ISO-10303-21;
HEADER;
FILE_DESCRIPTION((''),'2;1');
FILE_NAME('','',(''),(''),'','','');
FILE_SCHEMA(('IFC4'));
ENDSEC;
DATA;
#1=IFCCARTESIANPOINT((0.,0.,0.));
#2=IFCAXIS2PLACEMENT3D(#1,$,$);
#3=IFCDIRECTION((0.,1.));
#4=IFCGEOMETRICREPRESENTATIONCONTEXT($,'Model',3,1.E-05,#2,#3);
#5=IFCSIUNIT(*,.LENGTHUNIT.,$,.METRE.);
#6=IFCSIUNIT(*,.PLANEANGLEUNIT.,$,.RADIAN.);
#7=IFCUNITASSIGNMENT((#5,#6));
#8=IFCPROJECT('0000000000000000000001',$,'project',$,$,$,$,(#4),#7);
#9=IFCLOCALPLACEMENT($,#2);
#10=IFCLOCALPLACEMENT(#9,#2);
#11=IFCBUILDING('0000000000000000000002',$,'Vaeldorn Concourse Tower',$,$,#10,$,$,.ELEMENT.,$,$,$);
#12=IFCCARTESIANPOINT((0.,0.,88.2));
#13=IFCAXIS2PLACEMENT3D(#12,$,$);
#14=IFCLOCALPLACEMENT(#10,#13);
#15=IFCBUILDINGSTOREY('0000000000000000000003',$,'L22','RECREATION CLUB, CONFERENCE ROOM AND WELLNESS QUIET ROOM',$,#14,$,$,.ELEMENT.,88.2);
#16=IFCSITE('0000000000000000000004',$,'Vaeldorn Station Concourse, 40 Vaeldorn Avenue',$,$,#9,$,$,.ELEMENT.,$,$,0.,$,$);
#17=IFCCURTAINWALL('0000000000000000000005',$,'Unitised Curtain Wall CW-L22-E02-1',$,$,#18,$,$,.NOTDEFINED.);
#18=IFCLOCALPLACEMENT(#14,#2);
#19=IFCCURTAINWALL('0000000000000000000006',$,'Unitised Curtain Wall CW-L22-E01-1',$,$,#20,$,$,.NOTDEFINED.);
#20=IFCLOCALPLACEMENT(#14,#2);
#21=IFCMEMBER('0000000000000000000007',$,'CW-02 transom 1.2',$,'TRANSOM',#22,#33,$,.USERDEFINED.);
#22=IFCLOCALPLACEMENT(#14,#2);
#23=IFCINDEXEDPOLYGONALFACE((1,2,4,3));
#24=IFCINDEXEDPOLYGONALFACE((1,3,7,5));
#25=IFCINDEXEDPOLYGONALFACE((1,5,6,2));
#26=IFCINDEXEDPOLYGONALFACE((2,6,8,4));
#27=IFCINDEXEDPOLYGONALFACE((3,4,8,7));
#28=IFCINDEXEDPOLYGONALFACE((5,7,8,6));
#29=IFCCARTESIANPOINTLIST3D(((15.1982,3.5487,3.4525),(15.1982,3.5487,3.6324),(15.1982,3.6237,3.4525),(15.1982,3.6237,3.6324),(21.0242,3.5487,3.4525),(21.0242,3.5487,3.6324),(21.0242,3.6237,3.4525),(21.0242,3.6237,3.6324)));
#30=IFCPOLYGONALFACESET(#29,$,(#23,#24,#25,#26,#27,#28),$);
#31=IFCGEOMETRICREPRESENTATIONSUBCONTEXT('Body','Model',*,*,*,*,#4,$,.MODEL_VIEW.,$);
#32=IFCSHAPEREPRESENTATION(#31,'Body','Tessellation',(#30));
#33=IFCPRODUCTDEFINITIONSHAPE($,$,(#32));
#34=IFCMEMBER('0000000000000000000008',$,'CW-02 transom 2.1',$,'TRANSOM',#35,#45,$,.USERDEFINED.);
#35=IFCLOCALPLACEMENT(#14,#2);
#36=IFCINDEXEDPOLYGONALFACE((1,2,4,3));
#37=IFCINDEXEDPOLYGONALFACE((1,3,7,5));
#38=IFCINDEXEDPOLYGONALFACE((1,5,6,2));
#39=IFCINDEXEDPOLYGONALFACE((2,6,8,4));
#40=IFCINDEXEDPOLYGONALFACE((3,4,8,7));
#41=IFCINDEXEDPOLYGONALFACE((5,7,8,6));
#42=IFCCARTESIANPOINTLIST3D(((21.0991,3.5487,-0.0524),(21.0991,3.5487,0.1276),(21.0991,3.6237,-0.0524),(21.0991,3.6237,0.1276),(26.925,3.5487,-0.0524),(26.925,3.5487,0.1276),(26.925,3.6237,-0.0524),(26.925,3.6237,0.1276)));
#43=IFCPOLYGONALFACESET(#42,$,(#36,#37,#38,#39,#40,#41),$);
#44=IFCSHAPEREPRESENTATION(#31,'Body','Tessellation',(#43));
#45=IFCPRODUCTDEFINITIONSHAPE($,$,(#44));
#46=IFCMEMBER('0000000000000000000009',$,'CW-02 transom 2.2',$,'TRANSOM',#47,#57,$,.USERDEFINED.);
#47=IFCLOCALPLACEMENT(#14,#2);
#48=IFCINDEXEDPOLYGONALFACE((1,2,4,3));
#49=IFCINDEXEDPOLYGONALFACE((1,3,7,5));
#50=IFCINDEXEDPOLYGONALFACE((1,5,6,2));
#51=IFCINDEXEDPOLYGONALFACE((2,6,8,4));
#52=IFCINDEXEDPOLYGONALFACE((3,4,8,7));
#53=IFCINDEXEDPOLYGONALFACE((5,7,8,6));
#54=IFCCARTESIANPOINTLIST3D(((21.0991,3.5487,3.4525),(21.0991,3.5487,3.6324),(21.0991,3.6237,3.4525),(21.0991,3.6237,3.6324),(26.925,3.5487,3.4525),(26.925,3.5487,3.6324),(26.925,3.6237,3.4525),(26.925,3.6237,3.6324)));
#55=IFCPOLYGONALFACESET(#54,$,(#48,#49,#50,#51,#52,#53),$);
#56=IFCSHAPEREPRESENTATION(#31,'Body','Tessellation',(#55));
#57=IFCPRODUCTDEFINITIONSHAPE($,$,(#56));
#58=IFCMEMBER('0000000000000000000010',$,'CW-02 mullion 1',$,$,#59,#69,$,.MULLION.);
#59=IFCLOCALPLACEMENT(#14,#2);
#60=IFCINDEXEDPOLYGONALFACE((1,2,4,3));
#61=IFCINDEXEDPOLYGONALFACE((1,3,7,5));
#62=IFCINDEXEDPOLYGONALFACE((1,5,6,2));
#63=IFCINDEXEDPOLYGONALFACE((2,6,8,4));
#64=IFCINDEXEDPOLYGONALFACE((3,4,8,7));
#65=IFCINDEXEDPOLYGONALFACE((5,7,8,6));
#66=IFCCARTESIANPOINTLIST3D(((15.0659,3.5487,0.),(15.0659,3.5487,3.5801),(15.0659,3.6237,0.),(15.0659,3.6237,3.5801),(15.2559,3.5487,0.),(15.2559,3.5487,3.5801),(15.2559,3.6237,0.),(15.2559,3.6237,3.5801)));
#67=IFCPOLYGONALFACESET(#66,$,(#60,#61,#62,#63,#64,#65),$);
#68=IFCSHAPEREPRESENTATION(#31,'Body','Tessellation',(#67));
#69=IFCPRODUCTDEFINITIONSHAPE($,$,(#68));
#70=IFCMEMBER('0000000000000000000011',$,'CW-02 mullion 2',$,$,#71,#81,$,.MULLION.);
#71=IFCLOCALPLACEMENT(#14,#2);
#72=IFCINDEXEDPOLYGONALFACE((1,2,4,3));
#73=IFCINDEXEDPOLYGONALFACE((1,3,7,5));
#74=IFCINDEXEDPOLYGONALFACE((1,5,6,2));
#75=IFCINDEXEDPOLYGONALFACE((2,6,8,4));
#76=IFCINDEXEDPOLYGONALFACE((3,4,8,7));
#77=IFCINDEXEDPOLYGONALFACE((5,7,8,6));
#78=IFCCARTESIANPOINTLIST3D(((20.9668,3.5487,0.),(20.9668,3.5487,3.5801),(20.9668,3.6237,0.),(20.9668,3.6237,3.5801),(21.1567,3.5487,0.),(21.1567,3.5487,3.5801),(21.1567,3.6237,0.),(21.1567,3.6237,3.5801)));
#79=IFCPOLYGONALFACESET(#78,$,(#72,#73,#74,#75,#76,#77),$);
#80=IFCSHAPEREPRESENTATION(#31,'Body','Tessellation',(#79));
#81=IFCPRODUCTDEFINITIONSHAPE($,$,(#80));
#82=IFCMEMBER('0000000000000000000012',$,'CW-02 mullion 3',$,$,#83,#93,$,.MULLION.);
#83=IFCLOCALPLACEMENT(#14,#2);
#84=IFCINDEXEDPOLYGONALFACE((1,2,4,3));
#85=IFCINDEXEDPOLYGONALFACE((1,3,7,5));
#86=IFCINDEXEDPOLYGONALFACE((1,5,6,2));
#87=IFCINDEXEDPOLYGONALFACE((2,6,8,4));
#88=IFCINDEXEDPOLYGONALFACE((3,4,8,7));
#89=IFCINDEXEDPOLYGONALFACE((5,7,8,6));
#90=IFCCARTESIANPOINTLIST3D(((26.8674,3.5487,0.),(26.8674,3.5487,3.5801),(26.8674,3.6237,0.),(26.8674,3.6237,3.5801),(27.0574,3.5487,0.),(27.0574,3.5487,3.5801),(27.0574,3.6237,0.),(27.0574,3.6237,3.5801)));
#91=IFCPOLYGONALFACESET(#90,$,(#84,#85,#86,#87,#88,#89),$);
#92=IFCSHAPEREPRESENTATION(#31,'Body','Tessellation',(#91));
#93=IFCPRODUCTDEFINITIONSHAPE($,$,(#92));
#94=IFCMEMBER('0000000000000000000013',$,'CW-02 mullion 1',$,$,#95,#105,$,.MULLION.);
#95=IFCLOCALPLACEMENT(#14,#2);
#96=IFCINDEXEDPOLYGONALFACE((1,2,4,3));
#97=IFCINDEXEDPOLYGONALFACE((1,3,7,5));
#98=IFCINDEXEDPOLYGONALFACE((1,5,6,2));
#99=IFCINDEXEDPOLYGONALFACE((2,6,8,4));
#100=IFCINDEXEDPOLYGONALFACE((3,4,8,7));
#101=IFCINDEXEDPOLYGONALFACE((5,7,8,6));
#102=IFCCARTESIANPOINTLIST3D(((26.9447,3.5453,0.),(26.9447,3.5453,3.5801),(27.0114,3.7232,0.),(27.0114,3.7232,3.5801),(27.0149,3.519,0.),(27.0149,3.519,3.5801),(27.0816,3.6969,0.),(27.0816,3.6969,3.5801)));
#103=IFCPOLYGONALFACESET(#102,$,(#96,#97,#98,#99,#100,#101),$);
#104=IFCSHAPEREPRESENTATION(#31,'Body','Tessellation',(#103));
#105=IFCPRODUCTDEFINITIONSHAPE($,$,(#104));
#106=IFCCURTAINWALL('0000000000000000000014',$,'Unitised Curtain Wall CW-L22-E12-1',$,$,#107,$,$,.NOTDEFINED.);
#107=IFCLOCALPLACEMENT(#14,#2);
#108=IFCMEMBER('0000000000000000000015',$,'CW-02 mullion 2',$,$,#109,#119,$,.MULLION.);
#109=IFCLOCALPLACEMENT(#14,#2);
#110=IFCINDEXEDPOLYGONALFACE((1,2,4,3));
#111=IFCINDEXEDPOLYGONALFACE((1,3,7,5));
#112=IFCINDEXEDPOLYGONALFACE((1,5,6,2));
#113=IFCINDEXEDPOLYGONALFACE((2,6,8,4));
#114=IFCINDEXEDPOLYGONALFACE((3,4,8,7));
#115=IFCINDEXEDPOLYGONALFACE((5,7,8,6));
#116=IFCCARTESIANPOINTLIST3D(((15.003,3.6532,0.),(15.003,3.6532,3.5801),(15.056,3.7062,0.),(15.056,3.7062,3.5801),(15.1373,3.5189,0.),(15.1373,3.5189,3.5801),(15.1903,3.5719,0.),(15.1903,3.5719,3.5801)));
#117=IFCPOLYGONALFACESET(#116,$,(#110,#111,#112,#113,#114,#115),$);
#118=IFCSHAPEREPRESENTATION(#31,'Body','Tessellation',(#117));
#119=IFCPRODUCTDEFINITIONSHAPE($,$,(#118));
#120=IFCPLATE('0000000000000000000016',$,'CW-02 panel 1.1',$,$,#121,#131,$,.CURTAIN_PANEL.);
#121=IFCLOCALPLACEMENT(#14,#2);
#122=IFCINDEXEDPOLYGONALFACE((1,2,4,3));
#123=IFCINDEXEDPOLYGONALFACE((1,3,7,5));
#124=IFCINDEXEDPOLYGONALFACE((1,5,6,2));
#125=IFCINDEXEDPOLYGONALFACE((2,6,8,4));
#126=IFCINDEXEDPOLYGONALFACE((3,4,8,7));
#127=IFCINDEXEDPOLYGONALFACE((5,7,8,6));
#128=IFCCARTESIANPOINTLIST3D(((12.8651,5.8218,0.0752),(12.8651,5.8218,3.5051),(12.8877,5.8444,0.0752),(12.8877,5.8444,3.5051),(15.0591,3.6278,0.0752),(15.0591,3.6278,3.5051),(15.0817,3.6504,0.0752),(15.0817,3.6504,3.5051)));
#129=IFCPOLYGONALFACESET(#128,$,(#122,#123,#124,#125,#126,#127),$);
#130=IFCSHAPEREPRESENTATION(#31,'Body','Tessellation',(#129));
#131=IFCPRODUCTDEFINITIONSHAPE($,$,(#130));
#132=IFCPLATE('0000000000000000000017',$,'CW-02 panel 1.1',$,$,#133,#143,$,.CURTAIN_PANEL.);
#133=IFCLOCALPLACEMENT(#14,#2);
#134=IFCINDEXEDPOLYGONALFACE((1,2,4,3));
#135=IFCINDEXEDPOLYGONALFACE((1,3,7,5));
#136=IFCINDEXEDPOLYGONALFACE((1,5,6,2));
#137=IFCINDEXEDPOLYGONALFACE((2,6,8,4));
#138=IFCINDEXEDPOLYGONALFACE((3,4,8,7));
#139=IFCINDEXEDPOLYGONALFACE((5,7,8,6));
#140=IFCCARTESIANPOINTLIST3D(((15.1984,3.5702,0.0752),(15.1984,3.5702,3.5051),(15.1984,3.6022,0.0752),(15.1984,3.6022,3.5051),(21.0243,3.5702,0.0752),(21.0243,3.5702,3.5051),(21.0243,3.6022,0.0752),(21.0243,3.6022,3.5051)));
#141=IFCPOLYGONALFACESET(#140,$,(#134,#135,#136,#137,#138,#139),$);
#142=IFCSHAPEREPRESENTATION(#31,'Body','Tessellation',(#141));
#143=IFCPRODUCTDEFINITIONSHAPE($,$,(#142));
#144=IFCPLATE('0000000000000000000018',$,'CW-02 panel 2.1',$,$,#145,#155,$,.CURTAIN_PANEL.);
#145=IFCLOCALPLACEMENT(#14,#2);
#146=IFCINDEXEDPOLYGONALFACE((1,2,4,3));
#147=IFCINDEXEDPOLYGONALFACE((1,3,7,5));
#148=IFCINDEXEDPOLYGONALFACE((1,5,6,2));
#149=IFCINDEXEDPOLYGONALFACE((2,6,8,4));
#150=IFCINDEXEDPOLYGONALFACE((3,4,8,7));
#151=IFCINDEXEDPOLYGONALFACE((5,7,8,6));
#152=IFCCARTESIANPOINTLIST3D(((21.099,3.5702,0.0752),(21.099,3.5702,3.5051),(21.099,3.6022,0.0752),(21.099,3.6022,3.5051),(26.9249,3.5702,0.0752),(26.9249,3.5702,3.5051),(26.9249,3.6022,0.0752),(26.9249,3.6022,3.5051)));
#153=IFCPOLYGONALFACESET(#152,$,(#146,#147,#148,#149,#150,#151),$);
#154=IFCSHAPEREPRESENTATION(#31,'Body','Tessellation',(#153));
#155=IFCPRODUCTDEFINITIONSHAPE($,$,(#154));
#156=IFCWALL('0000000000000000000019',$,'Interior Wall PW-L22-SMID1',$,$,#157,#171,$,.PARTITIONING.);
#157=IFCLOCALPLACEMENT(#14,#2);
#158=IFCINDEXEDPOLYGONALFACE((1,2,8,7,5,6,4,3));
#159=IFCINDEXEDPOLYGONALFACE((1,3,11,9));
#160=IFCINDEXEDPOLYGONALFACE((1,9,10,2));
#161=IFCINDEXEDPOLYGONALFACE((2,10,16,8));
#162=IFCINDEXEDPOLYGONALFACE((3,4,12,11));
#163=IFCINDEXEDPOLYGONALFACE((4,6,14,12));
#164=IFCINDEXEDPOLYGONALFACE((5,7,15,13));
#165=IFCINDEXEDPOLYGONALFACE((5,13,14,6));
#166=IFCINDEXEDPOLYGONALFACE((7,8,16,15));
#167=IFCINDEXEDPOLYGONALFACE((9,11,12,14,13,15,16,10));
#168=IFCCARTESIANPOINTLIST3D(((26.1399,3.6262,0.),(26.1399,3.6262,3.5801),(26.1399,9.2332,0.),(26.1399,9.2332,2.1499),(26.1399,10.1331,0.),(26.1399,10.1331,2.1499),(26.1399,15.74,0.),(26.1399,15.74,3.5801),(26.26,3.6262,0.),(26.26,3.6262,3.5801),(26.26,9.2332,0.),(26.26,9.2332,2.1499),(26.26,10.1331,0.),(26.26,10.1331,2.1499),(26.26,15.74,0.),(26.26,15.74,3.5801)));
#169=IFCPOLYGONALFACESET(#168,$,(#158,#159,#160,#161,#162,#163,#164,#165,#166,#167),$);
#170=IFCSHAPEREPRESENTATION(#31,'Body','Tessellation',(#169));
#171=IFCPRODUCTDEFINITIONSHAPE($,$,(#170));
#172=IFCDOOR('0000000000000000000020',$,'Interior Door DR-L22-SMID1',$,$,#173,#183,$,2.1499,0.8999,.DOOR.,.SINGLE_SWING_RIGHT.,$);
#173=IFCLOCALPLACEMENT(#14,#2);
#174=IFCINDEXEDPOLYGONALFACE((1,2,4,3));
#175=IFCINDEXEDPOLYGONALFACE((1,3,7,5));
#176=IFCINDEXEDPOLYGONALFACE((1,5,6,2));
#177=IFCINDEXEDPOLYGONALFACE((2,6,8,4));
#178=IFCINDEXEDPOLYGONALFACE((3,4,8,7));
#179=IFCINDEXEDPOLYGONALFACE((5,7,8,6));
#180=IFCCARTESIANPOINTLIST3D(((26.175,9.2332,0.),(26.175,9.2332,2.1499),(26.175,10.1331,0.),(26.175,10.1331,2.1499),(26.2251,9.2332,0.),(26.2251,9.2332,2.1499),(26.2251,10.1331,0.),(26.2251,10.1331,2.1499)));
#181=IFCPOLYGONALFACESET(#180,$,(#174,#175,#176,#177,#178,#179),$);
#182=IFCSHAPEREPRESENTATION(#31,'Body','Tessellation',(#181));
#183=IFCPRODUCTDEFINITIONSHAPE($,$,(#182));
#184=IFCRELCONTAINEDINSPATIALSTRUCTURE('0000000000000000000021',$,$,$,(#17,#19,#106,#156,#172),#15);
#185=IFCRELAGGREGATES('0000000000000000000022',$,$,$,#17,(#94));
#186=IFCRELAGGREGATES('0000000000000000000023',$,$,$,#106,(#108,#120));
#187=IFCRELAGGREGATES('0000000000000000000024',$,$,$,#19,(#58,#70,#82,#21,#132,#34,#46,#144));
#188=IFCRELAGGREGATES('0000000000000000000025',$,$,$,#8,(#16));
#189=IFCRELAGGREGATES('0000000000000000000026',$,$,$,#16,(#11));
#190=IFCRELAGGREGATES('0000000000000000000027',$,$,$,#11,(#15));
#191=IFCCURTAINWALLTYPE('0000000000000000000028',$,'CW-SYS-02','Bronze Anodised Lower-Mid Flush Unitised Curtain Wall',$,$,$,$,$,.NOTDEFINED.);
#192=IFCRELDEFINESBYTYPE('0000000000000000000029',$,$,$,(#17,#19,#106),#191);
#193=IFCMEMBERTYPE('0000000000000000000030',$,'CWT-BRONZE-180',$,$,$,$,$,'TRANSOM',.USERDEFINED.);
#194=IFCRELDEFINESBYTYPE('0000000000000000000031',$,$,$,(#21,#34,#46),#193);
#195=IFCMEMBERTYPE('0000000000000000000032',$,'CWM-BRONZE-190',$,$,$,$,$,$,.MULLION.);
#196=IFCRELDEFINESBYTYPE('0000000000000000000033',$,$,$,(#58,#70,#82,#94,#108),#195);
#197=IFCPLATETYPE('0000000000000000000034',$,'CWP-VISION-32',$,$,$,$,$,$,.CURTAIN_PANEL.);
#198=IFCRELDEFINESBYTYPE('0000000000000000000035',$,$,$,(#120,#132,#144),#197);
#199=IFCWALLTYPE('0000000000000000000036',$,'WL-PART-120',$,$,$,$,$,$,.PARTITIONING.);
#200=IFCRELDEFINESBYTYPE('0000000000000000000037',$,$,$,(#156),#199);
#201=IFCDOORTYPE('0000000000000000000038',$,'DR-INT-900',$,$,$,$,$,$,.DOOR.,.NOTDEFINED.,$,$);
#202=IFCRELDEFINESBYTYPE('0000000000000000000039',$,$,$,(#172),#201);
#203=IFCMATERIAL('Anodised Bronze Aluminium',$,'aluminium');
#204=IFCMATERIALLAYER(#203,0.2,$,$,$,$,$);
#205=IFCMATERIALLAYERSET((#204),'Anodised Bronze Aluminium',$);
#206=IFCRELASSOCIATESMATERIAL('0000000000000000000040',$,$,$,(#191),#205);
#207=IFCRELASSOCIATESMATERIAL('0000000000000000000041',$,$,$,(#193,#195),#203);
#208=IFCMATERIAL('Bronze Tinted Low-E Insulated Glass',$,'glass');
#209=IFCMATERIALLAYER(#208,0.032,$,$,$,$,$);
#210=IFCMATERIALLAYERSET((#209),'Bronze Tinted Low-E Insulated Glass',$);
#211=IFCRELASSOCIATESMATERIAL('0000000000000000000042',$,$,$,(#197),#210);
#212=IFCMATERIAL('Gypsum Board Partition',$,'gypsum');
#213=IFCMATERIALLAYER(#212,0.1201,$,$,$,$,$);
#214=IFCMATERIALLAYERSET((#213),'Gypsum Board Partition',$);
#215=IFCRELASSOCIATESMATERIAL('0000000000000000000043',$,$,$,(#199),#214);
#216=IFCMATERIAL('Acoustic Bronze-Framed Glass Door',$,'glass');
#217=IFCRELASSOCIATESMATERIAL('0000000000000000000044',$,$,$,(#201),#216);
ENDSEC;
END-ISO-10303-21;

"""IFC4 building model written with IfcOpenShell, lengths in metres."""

from ifc_helpers import new_model, si_unit, direction, frame, frame_2d, origin, origin_2d, place, context, subcontext, project, spatial, rectangle, extrude, source, transform, mapped, material, layer, layer_set, material_profile, profile_set, type_object, element, fill, aggregate, save


model = new_model("IFC4")

# Units and contexts
model_context = context("Model", 3, precision=1e-05, world=origin(), true_north=direction((0.0, 1.0)))
body_context = subcontext(model_context, "Body", "Model", "MODEL_VIEW")
ifc_project = project(units=[si_unit("LENGTHUNIT", "METRE"), si_unit("PLANEANGLEUNIT", "RADIAN")], contexts=[model_context])

# Site, building, storey
site_placement = place(None, origin())
site = spatial("IfcSite", under=ifc_project, at=site_placement, Name="Vaeldorn Station Concourse, 40 Vaeldorn Avenue", CompositionType="ELEMENT", RefElevation=0.0)
building_placement = place(site_placement, origin())
building = spatial("IfcBuilding", under=site, at=building_placement, Name="Vaeldorn Concourse Tower", CompositionType="ELEMENT")
storey_placement = place(building_placement, frame((0.0, 0.0, 88.2)))
storey = spatial("IfcBuildingStorey", under=building, at=storey_placement, Name="L22", Description="RECREATION CLUB, CONFERENCE ROOM AND WELLNESS QUIET ROOM", CompositionType="ELEMENT", Elevation=88.2)

# Curtain walls, members
ifc_material_1 = material(Name="Anodised Bronze Aluminium", Category="aluminium")
ifc_layer_1 = layer(ifc_material_1, 0.2)
ifc_layer_set_1 = layer_set([ifc_layer_1], Name="Anodised Bronze Aluminium")
curtain_wall_type = type_object("IfcCurtainWallType", Name="CW-SYS-02", Description="Bronze Anodised Lower-Mid Flush Unitised Curtain Wall", PredefinedType="NOTDEFINED", material=ifc_layer_set_1)
curtain_wall_1_placement = place(storey_placement, origin())
curtain_wall_1 = element("IfcCurtainWall", 1, at=curtain_wall_1_placement, inside=storey, type_object=curtain_wall_type, Name="Unitised Curtain Wall CW-L22-E02-1", PredefinedType="NOTDEFINED")
ifc_material_profile_1 = material_profile(ifc_material_1, rectangle(XDim=0.075, YDim=0.1799, at=origin_2d()), Name="CWT 75x180")
ifc_profile_set_1 = profile_set([ifc_material_profile_1], Name="Anodised Bronze Aluminium")
member_type_1 = type_object("IfcMemberType", Name="CWT-BRONZE-180", ElementType="TRANSOM", PredefinedType="USERDEFINED", material=ifc_profile_set_1)
curtain_wall_2_placement = place(storey_placement, origin())
curtain_wall_2 = element("IfcCurtainWall", 2, at=curtain_wall_2_placement, inside=storey, type_object=curtain_wall_type, Name="Unitised Curtain Wall CW-L22-E01-1", PredefinedType="NOTDEFINED")
shared_shape_1 = source(origin(), body_context, "Body", "SweptSolid", [
    extrude(rectangle(XDim=0.075, YDim=0.1799, at=origin_2d()), origin(), (0.0, 0.0, 1.0), 5.8259),
])
member_1_placement = place(storey_placement, frame((15.1982, 3.5862, 3.5425), z_axis=(1.0, 0.0, 0.0), x_axis=(0.0, 1.0, 0.0)))
member_1 = element("IfcMember", 3, at=member_1_placement, type_object=member_type_1, Name="CW-02 transom 1.2", ObjectType="TRANSOM", PredefinedType="USERDEFINED", context=body_context, shape_type="MappedRepresentation", body=[
    mapped(shared_shape_1, transform((0.0, 0.0, 0.0), scale=1.0)),
])
member_2_placement = place(storey_placement, frame((21.0991, 3.5862, 0.0376), z_axis=(1.0, 0.0, 0.0), x_axis=(0.0, 1.0, 0.0)))
member_2 = element("IfcMember", 4, at=member_2_placement, type_object=member_type_1, Name="CW-02 transom 2.1", ObjectType="TRANSOM", PredefinedType="USERDEFINED", context=body_context, shape_type="MappedRepresentation", body=[
    mapped(shared_shape_1, transform((0.0, 0.0, 0.0), scale=1.0)),
])
member_3_placement = place(storey_placement, frame((21.0991, 3.5862, 3.5425), z_axis=(1.0, 0.0, 0.0), x_axis=(0.0, 1.0, 0.0)))
member_3 = element("IfcMember", 5, at=member_3_placement, type_object=member_type_1, Name="CW-02 transom 2.2", ObjectType="TRANSOM", PredefinedType="USERDEFINED", context=body_context, shape_type="MappedRepresentation", body=[
    mapped(shared_shape_1, transform((0.0, 0.0, 0.0), scale=1.0)),
])
ifc_material_profile_2 = material_profile(ifc_material_1, rectangle(XDim=0.075, YDim=0.1899, at=origin_2d()), Name="CWM 75x190")
ifc_profile_set_2 = profile_set([ifc_material_profile_2], Name="Anodised Bronze Aluminium")
member_type_2 = type_object("IfcMemberType", Name="CWM-BRONZE-190", PredefinedType="MULLION", material=ifc_profile_set_2)
shared_shape_2 = source(origin(), body_context, "Body", "SweptSolid", [
    extrude(rectangle(XDim=0.075, YDim=0.1899, at=origin_2d()), origin(), (0.0, 0.0, 1.0), 3.5801),
])
member_4_placement = place(storey_placement, frame((15.1609, 3.5862, 0.0), z_axis=(0.0, 0.0, 1.0), x_axis=(0.0, 1.0, 0.0)))
member_4 = element("IfcMember", 6, at=member_4_placement, type_object=member_type_2, Name="CW-02 mullion 1", PredefinedType="MULLION", context=body_context, shape_type="MappedRepresentation", body=[
    mapped(shared_shape_2, transform((0.0, 0.0, 0.0), scale=1.0)),
])
member_5_placement = place(storey_placement, frame((21.0618, 3.5862, 0.0), z_axis=(0.0, 0.0, 1.0), x_axis=(0.0, 1.0, 0.0)))
member_5 = element("IfcMember", 7, at=member_5_placement, type_object=member_type_2, Name="CW-02 mullion 2", PredefinedType="MULLION", context=body_context, shape_type="MappedRepresentation", body=[
    mapped(shared_shape_2, transform((0.0, 0.0, 0.0), scale=1.0)),
])
member_6_placement = place(storey_placement, frame((26.9624, 3.5862, 0.0), z_axis=(0.0, 0.0, 1.0), x_axis=(0.0, 1.0, 0.0)))
member_6 = element("IfcMember", 8, at=member_6_placement, type_object=member_type_2, Name="CW-02 mullion 3", PredefinedType="MULLION", context=body_context, shape_type="MappedRepresentation", body=[
    mapped(shared_shape_2, transform((0.0, 0.0, 0.0), scale=1.0)),
])

# Member
member_7_placement = place(storey_placement, frame((27.0132, 3.6211, 0.0), z_axis=(0.0, 0.0, 1.0), x_axis=(-0.936329, 0.351123, 0.0)))
member_7 = element("IfcMember", 9, at=member_7_placement, type_object=member_type_2, Name="CW-02 mullion 1", PredefinedType="MULLION", context=body_context, shape_type="MappedRepresentation", body=[
    mapped(shared_shape_2, transform((0.0, 0.0, 0.0), scale=1.0)),
])
aggregate(curtain_wall_1, [member_7])

# Curtain wall, member, plate
curtain_wall_3_placement = place(storey_placement, origin())
curtain_wall_3 = element("IfcCurtainWall", 10, at=curtain_wall_3_placement, inside=storey, type_object=curtain_wall_type, Name="Unitised Curtain Wall CW-L22-E12-1", PredefinedType="NOTDEFINED")
member_8_placement = place(storey_placement, frame((15.0967, 3.6125, 0.0), z_axis=(0.0, 0.0, 1.0), x_axis=(0.707107, 0.707107, 0.0)))
member_8 = element("IfcMember", 11, at=member_8_placement, type_object=member_type_2, Name="CW-02 mullion 2", PredefinedType="MULLION", context=body_context, shape_type="MappedRepresentation", body=[
    mapped(shared_shape_2, transform((0.0, 0.0, 0.0), scale=1.0)),
])
ifc_material_2 = material(Name="Bronze Tinted Low-E Insulated Glass", Category="glass")
ifc_layer_2 = layer(ifc_material_2, 0.032)
ifc_layer_set_2 = layer_set([ifc_layer_2], Name="Bronze Tinted Low-E Insulated Glass")
plate_type = type_object("IfcPlateType", Name="CWP-VISION-32", PredefinedType="CURTAIN_PANEL", material=ifc_layer_set_2)
shared_shape_3 = source(origin(), body_context, "Body", "SweptSolid", [
    extrude(rectangle(XDim=3.1028, YDim=0.032, at=origin_2d()), origin(), (0.0, 0.0, 1.0), 3.4299),
])
plate_1_placement = place(storey_placement, frame((13.9734, 4.7361, 0.0752), z_axis=(0.0, 0.0, 1.0), x_axis=(0.707107, -0.707107, 0.0)))
plate_1 = element("IfcPlate", 12, at=plate_1_placement, type_object=plate_type, Name="CW-02 panel 1.1", PredefinedType="CURTAIN_PANEL", context=body_context, shape_type="MappedRepresentation", body=[
    mapped(shared_shape_3, transform((0.0, 0.0, 0.0), scale=1.0)),
])
aggregate(curtain_wall_3, [member_8, plate_1])

# Plates
shared_shape_4 = source(origin(), body_context, "Body", "SweptSolid", [
    extrude(rectangle(XDim=5.8259, YDim=0.032, at=origin_2d()), origin(), (0.0, 0.0, 1.0), 3.4299),
])
plate_2_placement = place(storey_placement, frame((18.1113, 3.5862, 0.0752), z_axis=(0.0, 0.0, 1.0), x_axis=(1.0, 0.0, 0.0)))
plate_2 = element("IfcPlate", 13, at=plate_2_placement, type_object=plate_type, Name="CW-02 panel 1.1", PredefinedType="CURTAIN_PANEL", context=body_context, shape_type="MappedRepresentation", body=[
    mapped(shared_shape_4, transform((0.0, 0.0, 0.0), scale=1.0)),
])
plate_3_placement = place(storey_placement, frame((24.012, 3.5862, 0.0752), z_axis=(0.0, 0.0, 1.0), x_axis=(1.0, 0.0, 0.0)))
plate_3 = element("IfcPlate", 14, at=plate_3_placement, type_object=plate_type, Name="CW-02 panel 2.1", PredefinedType="CURTAIN_PANEL", context=body_context, shape_type="MappedRepresentation", body=[
    mapped(shared_shape_4, transform((0.0, 0.0, 0.0), scale=1.0)),
])
aggregate(curtain_wall_2, [member_4, member_5, member_6, member_1, plate_2, member_2, member_3, plate_3])

# Wall, opening, door
ifc_material_3 = material(Name="Gypsum Board Partition", Category="gypsum")
ifc_layer_3 = layer(ifc_material_3, 0.1201)
ifc_layer_set_3 = layer_set([ifc_layer_3], Name="Gypsum Board Partition")
wall_type = type_object("IfcWallType", Name="WL-PART-120", PredefinedType="PARTITIONING", material=ifc_layer_set_3)
wall_placement = place(storey_placement, frame((26.2, 3.6262, 0.0), z_axis=(0.0, 0.0, 1.0), x_axis=(0.0, 1.0, 0.0)))
wall = element("IfcWall", 15, at=wall_placement, inside=storey, type_object=wall_type, Name="Interior Wall PW-L22-SMID1", PredefinedType="PARTITIONING", context=body_context, shape_type="SweptSolid", body=[
    extrude(rectangle(XDim=12.1138, YDim=0.1201, at=frame_2d((6.0569, 0.0))), origin(), (0.0, 0.0, 1.0), 3.5801),
])
opening_placement = place(wall_placement, frame((5.6069, 0.0, 0.0)))
opening = element("IfcOpeningElement", 16, at=opening_placement, cuts=wall, PredefinedType="OPENING", context=body_context, shape_type="SweptSolid", body=[
    extrude(rectangle(XDim=0.8999, YDim=2.1499, at=frame_2d((0.45, 1.075))), frame((0.0, 0.0701, 0.0), z_axis=(0.0, -1.0, 0.0), x_axis=(1.0, 0.0, 0.0)), (0.0, 0.0, 1.0), 0.1401),
])
ifc_material_4 = material(Name="Acoustic Bronze-Framed Glass Door", Category="glass")
door_type = type_object("IfcDoorType", Name="DR-INT-900", OperationType="NOTDEFINED", PredefinedType="DOOR", material=ifc_material_4)
shared_shape_5 = source(origin(), body_context, "Body", "SweptSolid", [
    extrude(rectangle(XDim=0.8999, YDim=2.1499, at=frame_2d((0.45, 1.075))), frame((0.0, 0.0249, 0.0), z_axis=(0.0, -1.0, 0.0), x_axis=(1.0, 0.0, 0.0)), (0.0, 0.0, 1.0), 0.05),
])
door_placement = place(opening_placement, origin())
door = element("IfcDoor", 17, at=door_placement, inside=storey, type_object=door_type, Name="Interior Door DR-L22-SMID1", OperationType="SINGLE_SWING_RIGHT", OverallHeight=2.1499, OverallWidth=0.8999, PredefinedType="DOOR", context=body_context, shape_type="MappedRepresentation", body=[
    mapped(shared_shape_5, transform((0.0, 0.0, 0.0), scale=1.0)),
])
fill(opening, door)

save(model, "model.ifc")
